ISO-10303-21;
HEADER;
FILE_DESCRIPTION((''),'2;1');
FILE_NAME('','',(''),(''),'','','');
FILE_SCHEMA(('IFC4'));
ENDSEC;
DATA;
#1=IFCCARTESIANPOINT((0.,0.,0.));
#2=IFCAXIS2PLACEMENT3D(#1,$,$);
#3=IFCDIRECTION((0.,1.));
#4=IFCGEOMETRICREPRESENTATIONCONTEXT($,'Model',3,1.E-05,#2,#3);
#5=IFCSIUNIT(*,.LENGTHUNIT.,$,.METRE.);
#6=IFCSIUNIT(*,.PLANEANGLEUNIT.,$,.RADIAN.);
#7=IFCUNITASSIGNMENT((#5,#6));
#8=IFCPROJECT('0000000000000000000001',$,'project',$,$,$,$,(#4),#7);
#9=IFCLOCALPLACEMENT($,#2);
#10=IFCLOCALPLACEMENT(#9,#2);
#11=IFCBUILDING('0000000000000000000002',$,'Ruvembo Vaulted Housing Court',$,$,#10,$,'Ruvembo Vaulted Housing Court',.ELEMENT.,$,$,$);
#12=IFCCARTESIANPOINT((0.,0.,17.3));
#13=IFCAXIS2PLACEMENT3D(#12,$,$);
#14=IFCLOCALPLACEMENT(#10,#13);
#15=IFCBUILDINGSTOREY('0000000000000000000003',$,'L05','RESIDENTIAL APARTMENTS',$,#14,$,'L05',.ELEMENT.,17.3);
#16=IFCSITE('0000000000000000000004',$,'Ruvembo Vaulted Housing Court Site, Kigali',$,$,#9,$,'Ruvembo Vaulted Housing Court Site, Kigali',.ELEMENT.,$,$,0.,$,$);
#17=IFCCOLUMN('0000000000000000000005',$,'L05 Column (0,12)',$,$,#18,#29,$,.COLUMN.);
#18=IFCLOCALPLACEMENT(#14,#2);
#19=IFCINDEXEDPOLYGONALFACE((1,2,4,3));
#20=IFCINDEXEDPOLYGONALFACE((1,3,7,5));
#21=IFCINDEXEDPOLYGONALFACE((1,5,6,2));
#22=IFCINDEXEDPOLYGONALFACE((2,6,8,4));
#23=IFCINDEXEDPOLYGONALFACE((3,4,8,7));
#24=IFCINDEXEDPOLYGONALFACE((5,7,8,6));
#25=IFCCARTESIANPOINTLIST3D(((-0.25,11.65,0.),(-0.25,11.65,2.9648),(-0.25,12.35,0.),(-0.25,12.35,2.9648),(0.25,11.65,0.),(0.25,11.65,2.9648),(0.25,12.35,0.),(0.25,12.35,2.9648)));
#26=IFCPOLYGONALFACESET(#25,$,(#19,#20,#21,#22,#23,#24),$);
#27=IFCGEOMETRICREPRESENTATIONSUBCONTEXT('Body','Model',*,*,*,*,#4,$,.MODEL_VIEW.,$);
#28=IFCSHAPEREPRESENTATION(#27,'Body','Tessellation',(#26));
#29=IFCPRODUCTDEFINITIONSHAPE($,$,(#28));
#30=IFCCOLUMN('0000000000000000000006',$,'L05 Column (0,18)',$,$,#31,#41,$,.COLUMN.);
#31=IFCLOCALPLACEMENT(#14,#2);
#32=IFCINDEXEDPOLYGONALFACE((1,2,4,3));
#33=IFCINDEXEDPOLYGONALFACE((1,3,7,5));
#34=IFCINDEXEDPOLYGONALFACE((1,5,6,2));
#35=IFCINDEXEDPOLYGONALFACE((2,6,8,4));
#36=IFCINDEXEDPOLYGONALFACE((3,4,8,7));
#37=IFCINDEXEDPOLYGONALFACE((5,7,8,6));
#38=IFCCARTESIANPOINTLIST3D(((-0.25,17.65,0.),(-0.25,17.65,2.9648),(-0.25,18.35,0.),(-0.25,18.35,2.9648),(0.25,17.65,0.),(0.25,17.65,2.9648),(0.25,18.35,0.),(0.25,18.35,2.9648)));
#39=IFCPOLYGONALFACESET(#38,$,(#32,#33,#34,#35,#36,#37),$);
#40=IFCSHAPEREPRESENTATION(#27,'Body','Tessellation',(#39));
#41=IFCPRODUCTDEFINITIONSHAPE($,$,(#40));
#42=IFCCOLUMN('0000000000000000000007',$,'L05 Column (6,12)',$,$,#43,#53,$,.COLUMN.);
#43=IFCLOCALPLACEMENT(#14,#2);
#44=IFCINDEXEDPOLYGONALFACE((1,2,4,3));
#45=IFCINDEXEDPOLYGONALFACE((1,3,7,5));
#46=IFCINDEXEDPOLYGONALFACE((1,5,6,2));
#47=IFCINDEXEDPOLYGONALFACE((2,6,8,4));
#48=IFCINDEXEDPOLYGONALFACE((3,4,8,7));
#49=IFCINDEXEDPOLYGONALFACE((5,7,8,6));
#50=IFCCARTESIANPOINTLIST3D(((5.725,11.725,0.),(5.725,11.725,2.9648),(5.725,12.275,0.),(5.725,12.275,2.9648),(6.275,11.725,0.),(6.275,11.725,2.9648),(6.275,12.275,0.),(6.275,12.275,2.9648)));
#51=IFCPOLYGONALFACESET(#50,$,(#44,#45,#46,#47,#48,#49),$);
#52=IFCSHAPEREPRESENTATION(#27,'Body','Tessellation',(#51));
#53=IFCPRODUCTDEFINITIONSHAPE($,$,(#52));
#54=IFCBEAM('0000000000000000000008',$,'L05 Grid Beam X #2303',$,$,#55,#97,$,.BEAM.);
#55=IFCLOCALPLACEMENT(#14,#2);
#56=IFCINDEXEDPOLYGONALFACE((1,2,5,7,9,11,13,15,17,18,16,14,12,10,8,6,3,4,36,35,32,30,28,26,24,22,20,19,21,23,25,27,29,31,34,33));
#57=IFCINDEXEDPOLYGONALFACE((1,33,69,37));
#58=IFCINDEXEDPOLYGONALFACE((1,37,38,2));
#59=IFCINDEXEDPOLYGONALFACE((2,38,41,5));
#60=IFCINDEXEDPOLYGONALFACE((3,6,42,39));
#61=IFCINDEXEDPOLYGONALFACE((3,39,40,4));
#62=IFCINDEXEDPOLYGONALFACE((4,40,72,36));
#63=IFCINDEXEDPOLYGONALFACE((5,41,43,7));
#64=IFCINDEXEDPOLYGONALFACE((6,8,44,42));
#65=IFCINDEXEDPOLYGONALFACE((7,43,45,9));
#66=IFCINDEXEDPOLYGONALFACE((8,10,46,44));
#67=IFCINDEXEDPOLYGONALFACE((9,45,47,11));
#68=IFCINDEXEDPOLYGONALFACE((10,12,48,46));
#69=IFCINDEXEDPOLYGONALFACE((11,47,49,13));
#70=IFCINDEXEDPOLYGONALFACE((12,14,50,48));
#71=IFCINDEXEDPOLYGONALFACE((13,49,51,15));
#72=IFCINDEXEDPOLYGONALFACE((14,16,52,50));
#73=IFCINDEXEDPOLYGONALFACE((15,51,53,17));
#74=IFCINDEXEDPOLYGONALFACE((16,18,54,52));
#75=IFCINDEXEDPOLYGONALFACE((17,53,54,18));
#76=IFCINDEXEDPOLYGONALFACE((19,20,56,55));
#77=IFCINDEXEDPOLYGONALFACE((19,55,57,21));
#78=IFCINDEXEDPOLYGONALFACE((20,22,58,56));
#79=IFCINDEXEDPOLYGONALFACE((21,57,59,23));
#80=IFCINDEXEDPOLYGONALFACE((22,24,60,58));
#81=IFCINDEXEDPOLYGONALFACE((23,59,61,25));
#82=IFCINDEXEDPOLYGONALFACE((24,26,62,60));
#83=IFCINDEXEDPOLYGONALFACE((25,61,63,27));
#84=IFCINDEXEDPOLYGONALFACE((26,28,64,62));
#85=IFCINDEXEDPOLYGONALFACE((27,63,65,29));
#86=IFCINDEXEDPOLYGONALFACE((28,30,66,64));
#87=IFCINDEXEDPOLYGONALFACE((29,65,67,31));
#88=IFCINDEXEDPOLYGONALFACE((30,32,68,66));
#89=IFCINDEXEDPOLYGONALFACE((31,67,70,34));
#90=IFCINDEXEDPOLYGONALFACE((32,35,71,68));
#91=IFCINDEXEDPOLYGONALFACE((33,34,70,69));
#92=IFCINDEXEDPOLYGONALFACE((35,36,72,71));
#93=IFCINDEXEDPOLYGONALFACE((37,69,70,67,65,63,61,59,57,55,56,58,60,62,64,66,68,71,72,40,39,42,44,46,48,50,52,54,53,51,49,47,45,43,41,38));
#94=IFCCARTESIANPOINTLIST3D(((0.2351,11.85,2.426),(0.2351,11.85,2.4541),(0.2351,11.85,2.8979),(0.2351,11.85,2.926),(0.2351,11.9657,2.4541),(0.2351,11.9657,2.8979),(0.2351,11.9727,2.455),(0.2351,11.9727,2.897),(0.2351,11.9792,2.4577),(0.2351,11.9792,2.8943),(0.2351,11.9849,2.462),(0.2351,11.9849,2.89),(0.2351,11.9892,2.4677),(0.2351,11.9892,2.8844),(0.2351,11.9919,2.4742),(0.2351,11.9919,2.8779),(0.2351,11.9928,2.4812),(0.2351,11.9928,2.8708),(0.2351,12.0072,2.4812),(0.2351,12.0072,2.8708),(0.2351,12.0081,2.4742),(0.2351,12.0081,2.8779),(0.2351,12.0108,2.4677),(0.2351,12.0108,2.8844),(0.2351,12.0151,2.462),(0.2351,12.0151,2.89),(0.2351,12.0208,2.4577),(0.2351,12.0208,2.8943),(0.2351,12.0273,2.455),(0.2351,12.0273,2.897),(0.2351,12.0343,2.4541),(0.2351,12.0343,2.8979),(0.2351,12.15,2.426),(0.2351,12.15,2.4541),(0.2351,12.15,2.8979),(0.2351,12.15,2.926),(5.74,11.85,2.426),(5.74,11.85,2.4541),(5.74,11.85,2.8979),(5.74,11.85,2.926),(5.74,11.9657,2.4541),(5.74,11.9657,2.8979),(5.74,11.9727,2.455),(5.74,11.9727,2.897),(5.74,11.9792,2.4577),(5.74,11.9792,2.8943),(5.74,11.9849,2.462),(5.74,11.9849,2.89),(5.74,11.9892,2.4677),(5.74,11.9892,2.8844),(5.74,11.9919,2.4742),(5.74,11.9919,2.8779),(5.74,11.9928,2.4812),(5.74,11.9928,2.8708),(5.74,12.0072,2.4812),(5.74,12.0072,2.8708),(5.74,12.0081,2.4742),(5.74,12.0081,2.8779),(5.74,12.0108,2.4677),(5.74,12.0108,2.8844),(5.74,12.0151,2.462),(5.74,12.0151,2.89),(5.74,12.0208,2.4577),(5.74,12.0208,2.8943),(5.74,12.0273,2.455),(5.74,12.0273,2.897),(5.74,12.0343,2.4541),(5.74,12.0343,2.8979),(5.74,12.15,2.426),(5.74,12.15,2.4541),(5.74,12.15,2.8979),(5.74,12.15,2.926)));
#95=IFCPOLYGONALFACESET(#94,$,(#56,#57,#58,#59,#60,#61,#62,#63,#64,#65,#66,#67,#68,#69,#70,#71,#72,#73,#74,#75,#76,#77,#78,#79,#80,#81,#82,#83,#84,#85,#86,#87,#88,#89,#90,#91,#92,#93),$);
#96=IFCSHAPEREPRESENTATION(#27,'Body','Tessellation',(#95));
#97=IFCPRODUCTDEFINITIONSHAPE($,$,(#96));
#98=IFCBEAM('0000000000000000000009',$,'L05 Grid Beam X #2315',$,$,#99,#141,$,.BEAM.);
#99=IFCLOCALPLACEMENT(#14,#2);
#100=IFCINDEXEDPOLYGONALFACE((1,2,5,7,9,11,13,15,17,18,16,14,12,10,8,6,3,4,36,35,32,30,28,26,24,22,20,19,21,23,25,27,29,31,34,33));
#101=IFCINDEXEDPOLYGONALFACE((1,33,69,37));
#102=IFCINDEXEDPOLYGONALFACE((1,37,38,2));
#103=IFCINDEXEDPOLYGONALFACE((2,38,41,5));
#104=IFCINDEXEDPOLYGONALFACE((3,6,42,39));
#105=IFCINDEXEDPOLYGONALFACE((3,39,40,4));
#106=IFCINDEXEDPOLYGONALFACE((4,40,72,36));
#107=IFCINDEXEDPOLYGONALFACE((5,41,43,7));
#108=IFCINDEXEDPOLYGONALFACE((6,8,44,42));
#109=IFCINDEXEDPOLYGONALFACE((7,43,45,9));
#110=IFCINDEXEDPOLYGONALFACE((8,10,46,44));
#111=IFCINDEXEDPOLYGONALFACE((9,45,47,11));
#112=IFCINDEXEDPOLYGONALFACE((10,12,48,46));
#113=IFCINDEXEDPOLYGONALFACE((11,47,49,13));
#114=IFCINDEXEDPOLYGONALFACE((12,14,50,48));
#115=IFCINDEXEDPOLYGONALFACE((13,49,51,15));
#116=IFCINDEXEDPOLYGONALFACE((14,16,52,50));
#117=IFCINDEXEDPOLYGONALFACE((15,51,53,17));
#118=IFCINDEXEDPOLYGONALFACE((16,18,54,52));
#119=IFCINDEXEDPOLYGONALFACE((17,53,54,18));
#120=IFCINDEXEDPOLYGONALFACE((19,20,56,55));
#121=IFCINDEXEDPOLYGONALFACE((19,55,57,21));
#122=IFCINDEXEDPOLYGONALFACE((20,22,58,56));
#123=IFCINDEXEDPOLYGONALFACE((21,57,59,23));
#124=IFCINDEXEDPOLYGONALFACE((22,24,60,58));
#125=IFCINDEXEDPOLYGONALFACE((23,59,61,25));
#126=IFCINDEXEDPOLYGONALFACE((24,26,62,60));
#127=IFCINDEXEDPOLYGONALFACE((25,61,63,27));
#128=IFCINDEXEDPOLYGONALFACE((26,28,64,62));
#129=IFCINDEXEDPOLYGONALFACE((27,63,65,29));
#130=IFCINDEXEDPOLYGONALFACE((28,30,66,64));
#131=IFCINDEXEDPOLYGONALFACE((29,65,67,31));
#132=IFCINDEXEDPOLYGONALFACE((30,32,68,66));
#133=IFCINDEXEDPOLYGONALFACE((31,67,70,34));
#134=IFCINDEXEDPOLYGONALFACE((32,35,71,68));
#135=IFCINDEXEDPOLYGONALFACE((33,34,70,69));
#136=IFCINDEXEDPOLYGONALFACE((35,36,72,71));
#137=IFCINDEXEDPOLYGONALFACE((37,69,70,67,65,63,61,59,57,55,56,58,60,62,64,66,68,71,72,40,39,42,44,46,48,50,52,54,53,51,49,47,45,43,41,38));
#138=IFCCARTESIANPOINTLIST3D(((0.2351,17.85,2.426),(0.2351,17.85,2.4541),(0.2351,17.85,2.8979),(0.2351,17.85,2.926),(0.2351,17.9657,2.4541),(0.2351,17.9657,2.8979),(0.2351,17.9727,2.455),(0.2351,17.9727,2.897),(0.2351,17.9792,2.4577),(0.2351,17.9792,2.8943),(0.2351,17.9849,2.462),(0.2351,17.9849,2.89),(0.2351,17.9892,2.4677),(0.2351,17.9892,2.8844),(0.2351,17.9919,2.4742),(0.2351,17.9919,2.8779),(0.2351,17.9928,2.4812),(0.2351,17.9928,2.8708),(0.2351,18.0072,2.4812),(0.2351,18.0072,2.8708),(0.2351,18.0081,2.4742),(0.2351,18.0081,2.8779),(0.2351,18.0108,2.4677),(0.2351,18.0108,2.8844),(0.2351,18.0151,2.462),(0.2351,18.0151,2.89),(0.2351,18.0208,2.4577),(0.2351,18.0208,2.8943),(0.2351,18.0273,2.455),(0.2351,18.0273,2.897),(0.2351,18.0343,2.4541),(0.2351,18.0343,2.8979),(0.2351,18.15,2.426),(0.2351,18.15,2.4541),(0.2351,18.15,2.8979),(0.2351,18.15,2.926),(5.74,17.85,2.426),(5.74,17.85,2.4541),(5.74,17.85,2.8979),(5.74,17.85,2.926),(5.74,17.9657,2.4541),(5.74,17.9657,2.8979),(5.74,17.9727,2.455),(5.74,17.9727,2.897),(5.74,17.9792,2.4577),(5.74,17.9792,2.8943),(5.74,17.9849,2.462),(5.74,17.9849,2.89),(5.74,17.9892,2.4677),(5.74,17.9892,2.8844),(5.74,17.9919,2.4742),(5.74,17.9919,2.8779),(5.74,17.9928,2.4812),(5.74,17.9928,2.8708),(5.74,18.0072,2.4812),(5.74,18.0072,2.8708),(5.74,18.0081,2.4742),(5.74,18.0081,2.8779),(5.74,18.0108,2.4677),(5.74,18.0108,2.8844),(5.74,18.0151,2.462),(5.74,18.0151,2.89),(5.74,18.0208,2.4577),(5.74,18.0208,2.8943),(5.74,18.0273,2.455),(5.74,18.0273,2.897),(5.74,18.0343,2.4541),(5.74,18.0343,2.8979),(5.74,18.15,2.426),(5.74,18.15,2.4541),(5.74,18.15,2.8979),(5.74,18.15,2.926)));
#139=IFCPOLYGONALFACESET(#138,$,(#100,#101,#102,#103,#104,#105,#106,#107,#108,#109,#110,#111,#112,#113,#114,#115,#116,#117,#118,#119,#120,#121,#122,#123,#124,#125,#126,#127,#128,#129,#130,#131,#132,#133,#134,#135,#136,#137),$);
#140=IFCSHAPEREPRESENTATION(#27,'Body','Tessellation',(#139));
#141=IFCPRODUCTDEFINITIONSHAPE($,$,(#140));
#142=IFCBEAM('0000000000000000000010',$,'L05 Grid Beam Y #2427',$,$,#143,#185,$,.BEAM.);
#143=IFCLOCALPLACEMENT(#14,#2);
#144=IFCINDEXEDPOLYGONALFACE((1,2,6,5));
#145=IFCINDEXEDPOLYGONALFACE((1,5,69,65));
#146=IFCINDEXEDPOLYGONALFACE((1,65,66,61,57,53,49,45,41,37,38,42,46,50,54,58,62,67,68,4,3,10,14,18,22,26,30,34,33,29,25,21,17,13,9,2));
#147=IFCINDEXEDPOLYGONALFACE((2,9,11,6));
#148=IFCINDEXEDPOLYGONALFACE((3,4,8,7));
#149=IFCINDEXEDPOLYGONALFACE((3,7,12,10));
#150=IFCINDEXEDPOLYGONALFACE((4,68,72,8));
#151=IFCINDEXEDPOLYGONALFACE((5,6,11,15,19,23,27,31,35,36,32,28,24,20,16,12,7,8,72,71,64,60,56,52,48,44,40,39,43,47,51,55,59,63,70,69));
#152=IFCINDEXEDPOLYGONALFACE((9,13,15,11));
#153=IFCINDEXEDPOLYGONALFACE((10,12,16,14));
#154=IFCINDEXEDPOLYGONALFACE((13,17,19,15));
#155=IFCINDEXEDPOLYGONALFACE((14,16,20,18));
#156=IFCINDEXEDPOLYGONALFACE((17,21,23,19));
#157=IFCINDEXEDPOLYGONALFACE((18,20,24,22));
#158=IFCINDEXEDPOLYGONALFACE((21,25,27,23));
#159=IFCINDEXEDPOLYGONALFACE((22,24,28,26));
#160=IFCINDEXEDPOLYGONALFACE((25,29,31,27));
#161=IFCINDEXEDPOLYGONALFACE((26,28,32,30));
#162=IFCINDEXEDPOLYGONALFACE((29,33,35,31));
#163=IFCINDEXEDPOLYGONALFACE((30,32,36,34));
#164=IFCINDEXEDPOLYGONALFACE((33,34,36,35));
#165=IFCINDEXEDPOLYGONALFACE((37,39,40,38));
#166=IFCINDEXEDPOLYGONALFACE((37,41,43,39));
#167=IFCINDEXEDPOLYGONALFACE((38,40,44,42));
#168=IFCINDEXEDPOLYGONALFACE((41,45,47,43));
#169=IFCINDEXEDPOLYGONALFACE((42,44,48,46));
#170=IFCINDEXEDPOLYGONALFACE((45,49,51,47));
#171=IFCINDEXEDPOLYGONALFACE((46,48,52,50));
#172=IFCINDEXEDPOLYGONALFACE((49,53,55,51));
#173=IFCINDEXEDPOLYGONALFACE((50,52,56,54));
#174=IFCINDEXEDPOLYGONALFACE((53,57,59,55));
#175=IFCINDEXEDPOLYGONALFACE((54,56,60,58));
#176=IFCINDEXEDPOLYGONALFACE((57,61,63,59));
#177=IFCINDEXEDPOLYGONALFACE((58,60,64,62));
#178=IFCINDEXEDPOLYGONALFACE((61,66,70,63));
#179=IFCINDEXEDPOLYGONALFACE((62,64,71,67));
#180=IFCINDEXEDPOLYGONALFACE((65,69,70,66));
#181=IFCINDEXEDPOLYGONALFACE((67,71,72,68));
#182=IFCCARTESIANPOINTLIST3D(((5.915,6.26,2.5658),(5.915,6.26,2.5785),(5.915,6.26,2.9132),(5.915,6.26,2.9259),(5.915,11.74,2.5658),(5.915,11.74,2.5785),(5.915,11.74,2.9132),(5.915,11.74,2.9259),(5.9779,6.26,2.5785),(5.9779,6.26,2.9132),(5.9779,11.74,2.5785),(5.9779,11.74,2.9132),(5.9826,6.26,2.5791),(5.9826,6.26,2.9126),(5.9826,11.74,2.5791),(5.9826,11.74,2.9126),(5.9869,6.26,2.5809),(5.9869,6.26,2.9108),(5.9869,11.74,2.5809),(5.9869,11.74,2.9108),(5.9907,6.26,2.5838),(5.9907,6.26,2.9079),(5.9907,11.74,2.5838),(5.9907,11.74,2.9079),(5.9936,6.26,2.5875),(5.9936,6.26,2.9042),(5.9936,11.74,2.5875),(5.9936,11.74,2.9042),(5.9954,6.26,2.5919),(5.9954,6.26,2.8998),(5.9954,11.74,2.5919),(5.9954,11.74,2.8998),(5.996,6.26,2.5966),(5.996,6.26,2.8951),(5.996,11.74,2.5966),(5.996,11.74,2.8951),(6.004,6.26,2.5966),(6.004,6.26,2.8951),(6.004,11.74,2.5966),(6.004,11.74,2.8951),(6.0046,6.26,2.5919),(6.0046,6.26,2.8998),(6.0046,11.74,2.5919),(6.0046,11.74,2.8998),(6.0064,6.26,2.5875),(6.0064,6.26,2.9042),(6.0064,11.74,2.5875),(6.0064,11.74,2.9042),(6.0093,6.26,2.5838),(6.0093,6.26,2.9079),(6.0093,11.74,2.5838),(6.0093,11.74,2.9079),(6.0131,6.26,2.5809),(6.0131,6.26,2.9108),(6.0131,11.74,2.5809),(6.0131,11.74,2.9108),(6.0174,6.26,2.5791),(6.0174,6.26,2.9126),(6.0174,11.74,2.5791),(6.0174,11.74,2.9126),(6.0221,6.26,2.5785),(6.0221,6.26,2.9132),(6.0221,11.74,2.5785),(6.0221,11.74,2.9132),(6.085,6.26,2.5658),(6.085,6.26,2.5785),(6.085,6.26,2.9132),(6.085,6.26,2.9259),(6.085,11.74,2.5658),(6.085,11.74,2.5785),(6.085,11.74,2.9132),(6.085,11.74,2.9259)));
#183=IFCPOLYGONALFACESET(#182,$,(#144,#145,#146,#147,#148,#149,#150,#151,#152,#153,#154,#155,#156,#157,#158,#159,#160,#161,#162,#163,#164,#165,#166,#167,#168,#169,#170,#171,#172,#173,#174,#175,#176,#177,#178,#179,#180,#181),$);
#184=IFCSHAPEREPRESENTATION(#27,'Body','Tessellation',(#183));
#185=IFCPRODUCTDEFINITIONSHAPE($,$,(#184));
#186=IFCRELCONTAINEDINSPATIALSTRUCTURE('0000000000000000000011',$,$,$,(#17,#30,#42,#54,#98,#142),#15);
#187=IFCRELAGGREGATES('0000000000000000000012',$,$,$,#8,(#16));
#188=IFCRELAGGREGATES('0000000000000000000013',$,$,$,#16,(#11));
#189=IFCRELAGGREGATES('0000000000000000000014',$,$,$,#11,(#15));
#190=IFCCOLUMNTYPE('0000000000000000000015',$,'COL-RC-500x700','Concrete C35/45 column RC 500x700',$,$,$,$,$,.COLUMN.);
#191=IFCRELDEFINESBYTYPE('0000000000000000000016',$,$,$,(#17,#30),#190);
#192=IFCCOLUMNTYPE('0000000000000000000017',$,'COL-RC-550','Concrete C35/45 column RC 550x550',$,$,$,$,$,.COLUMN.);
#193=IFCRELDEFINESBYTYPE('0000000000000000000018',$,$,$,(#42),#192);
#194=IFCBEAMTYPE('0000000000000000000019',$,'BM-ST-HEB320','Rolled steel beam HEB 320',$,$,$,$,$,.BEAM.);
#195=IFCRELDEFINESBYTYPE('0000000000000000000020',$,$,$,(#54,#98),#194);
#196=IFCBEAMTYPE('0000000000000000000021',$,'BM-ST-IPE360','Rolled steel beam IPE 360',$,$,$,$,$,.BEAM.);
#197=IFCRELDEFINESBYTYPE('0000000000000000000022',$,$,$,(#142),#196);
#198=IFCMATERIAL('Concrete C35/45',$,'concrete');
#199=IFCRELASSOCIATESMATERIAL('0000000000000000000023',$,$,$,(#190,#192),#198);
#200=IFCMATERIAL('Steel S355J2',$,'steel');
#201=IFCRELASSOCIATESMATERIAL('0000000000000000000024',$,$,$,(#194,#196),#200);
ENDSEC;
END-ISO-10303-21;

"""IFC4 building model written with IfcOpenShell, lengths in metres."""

from ifc_helpers import new_model, si_unit, direction, frame, origin, origin_2d, place, context, subcontext, project, spatial, rectangle, i_section, extrude, material, material_profile, profile_set, type_object, element, save


model = new_model("IFC4")

# Units and contexts
model_context = context("Model", 3, precision=1e-05, world=origin(), true_north=direction((0.0, 1.0)))
body_context = subcontext(model_context, "Body", "Model", "MODEL_VIEW")
ifc_project = project(units=[si_unit("LENGTHUNIT", "METRE"), si_unit("PLANEANGLEUNIT", "RADIAN")], contexts=[model_context])

# Site, building, storey
site_placement = place(None, origin())
site = spatial("IfcSite", under=ifc_project, at=site_placement, Name="Ruvembo Vaulted Housing Court Site, Kigali", LongName="Ruvembo Vaulted Housing Court Site, Kigali", CompositionType="ELEMENT", RefElevation=0.0)
building_placement = place(site_placement, origin())
building = spatial("IfcBuilding", under=site, at=building_placement, Name="Ruvembo Vaulted Housing Court", LongName="Ruvembo Vaulted Housing Court", CompositionType="ELEMENT")
storey_placement = place(building_placement, frame((0.0, 0.0, 17.3)))
storey = spatial("IfcBuildingStorey", under=building, at=storey_placement, Name="L05", Description="RESIDENTIAL APARTMENTS", LongName="L05", CompositionType="ELEMENT", Elevation=17.3)

# Columns
ifc_material_1 = material(Name="Concrete C35/45", Category="concrete")
ifc_material_profile_1 = material_profile(ifc_material_1, rectangle(XDim=0.5, YDim=0.7, at=origin_2d()), Name="RC 500x700")
ifc_profile_set_1 = profile_set([ifc_material_profile_1], Name="Concrete C35/45")
column_type_1 = type_object("IfcColumnType", Name="COL-RC-500x700", Description="Concrete C35/45 column RC 500x700", PredefinedType="COLUMN", material=ifc_profile_set_1)
for number, where, z_axis, x_axis, name in (
    (1, (0.0, 12.0, 0.0), (0.0, 0.0, 1.0), (1.0, 0.0, 0.0), "L05 Column (0,12)"),
    (2, (0.0, 18.0, 0.0), (0.0, 0.0, 1.0), (1.0, 0.0, 0.0), "L05 Column (0,18)"),
):
    element("IfcColumn", number, at=place(storey_placement, frame(where, z_axis=z_axis, x_axis=x_axis)), inside=storey, type_object=column_type_1, Name=name, PredefinedType="COLUMN", context=body_context, shape_type="SweptSolid", body=[
        extrude(rectangle(XDim=0.5, YDim=0.7, at=origin_2d()), origin(), (0.0, 0.0, 1.0), 2.9648),
    ])
ifc_material_profile_2 = material_profile(ifc_material_1, rectangle(XDim=0.55, YDim=0.55, at=origin_2d()), Name="RC 550x550")
ifc_profile_set_2 = profile_set([ifc_material_profile_2], Name="Concrete C35/45")
column_type_2 = type_object("IfcColumnType", Name="COL-RC-550", Description="Concrete C35/45 column RC 550x550", PredefinedType="COLUMN", material=ifc_profile_set_2)
column_placement = place(storey_placement, frame((6.0, 12.0, 0.0), z_axis=(0.0, 0.0, 1.0), x_axis=(1.0, 0.0, 0.0)))
element("IfcColumn", 3, at=column_placement, inside=storey, type_object=column_type_2, Name="L05 Column (6,12)", PredefinedType="COLUMN", context=body_context, shape_type="SweptSolid", body=[
    extrude(rectangle(XDim=0.55, YDim=0.55, at=origin_2d()), origin(), (0.0, 0.0, 1.0), 2.9648),
])

# Beams
ifc_material_2 = material(Name="Steel S355J2", Category="steel")
ifc_material_profile_3 = material_profile(ifc_material_2, i_section(OverallWidth=0.3, OverallDepth=0.5, WebThickness=0.0144, FlangeThickness=0.0281, FilletRadius=0.0271, at=origin_2d()), Name="HEB 320")
ifc_profile_set_3 = profile_set([ifc_material_profile_3], Name="Steel S355J2")
beam_type_1 = type_object("IfcBeamType", Name="BM-ST-HEB320", Description="Rolled steel beam HEB 320", PredefinedType="BEAM", material=ifc_profile_set_3)
for number, where, z_axis, x_axis, name in (
    (4, (0.2351, 12.0, 2.676), (1.0, 0.0, 0.0), (0.0, 1.0, 0.0), "L05 Grid Beam X #2303"),
    (5, (0.2351, 18.0, 2.676), (1.0, 0.0, 0.0), (0.0, 1.0, 0.0), "L05 Grid Beam X #2315"),
):
    element("IfcBeam", number, at=place(storey_placement, frame(where, z_axis=z_axis, x_axis=x_axis)), inside=storey, type_object=beam_type_1, Name=name, PredefinedType="BEAM", context=body_context, shape_type="SweptSolid", body=[
        extrude(i_section(OverallWidth=0.3, OverallDepth=0.5, WebThickness=0.0144, FlangeThickness=0.0281, FilletRadius=0.0271, at=origin_2d()), origin(), (0.0, 0.0, 1.0), 5.5049),
    ])
ifc_material_profile_4 = material_profile(ifc_material_2, i_section(OverallWidth=0.1699, OverallDepth=0.3601, WebThickness=0.0081, FlangeThickness=0.0127, FilletRadius=0.0181, at=origin_2d()), Name="IPE 360")
ifc_profile_set_4 = profile_set([ifc_material_profile_4], Name="Steel S355J2")
beam_type_2 = type_object("IfcBeamType", Name="BM-ST-IPE360", Description="Rolled steel beam IPE 360", PredefinedType="BEAM", material=ifc_profile_set_4)
beam_placement = place(storey_placement, frame((6.0, 6.26, 2.7458), z_axis=(0.0, 1.0, 0.0), x_axis=(-1.0, 0.0, 0.0)))
element("IfcBeam", 6, at=beam_placement, inside=storey, type_object=beam_type_2, Name="L05 Grid Beam Y #2427", PredefinedType="BEAM", context=body_context, shape_type="SweptSolid", body=[
    extrude(i_section(OverallWidth=0.1699, OverallDepth=0.3601, WebThickness=0.0081, FlangeThickness=0.0127, FilletRadius=0.0181, at=origin_2d()), origin(), (0.0, 0.0, 1.0), 5.48),
])

save(model, "model.ifc")
